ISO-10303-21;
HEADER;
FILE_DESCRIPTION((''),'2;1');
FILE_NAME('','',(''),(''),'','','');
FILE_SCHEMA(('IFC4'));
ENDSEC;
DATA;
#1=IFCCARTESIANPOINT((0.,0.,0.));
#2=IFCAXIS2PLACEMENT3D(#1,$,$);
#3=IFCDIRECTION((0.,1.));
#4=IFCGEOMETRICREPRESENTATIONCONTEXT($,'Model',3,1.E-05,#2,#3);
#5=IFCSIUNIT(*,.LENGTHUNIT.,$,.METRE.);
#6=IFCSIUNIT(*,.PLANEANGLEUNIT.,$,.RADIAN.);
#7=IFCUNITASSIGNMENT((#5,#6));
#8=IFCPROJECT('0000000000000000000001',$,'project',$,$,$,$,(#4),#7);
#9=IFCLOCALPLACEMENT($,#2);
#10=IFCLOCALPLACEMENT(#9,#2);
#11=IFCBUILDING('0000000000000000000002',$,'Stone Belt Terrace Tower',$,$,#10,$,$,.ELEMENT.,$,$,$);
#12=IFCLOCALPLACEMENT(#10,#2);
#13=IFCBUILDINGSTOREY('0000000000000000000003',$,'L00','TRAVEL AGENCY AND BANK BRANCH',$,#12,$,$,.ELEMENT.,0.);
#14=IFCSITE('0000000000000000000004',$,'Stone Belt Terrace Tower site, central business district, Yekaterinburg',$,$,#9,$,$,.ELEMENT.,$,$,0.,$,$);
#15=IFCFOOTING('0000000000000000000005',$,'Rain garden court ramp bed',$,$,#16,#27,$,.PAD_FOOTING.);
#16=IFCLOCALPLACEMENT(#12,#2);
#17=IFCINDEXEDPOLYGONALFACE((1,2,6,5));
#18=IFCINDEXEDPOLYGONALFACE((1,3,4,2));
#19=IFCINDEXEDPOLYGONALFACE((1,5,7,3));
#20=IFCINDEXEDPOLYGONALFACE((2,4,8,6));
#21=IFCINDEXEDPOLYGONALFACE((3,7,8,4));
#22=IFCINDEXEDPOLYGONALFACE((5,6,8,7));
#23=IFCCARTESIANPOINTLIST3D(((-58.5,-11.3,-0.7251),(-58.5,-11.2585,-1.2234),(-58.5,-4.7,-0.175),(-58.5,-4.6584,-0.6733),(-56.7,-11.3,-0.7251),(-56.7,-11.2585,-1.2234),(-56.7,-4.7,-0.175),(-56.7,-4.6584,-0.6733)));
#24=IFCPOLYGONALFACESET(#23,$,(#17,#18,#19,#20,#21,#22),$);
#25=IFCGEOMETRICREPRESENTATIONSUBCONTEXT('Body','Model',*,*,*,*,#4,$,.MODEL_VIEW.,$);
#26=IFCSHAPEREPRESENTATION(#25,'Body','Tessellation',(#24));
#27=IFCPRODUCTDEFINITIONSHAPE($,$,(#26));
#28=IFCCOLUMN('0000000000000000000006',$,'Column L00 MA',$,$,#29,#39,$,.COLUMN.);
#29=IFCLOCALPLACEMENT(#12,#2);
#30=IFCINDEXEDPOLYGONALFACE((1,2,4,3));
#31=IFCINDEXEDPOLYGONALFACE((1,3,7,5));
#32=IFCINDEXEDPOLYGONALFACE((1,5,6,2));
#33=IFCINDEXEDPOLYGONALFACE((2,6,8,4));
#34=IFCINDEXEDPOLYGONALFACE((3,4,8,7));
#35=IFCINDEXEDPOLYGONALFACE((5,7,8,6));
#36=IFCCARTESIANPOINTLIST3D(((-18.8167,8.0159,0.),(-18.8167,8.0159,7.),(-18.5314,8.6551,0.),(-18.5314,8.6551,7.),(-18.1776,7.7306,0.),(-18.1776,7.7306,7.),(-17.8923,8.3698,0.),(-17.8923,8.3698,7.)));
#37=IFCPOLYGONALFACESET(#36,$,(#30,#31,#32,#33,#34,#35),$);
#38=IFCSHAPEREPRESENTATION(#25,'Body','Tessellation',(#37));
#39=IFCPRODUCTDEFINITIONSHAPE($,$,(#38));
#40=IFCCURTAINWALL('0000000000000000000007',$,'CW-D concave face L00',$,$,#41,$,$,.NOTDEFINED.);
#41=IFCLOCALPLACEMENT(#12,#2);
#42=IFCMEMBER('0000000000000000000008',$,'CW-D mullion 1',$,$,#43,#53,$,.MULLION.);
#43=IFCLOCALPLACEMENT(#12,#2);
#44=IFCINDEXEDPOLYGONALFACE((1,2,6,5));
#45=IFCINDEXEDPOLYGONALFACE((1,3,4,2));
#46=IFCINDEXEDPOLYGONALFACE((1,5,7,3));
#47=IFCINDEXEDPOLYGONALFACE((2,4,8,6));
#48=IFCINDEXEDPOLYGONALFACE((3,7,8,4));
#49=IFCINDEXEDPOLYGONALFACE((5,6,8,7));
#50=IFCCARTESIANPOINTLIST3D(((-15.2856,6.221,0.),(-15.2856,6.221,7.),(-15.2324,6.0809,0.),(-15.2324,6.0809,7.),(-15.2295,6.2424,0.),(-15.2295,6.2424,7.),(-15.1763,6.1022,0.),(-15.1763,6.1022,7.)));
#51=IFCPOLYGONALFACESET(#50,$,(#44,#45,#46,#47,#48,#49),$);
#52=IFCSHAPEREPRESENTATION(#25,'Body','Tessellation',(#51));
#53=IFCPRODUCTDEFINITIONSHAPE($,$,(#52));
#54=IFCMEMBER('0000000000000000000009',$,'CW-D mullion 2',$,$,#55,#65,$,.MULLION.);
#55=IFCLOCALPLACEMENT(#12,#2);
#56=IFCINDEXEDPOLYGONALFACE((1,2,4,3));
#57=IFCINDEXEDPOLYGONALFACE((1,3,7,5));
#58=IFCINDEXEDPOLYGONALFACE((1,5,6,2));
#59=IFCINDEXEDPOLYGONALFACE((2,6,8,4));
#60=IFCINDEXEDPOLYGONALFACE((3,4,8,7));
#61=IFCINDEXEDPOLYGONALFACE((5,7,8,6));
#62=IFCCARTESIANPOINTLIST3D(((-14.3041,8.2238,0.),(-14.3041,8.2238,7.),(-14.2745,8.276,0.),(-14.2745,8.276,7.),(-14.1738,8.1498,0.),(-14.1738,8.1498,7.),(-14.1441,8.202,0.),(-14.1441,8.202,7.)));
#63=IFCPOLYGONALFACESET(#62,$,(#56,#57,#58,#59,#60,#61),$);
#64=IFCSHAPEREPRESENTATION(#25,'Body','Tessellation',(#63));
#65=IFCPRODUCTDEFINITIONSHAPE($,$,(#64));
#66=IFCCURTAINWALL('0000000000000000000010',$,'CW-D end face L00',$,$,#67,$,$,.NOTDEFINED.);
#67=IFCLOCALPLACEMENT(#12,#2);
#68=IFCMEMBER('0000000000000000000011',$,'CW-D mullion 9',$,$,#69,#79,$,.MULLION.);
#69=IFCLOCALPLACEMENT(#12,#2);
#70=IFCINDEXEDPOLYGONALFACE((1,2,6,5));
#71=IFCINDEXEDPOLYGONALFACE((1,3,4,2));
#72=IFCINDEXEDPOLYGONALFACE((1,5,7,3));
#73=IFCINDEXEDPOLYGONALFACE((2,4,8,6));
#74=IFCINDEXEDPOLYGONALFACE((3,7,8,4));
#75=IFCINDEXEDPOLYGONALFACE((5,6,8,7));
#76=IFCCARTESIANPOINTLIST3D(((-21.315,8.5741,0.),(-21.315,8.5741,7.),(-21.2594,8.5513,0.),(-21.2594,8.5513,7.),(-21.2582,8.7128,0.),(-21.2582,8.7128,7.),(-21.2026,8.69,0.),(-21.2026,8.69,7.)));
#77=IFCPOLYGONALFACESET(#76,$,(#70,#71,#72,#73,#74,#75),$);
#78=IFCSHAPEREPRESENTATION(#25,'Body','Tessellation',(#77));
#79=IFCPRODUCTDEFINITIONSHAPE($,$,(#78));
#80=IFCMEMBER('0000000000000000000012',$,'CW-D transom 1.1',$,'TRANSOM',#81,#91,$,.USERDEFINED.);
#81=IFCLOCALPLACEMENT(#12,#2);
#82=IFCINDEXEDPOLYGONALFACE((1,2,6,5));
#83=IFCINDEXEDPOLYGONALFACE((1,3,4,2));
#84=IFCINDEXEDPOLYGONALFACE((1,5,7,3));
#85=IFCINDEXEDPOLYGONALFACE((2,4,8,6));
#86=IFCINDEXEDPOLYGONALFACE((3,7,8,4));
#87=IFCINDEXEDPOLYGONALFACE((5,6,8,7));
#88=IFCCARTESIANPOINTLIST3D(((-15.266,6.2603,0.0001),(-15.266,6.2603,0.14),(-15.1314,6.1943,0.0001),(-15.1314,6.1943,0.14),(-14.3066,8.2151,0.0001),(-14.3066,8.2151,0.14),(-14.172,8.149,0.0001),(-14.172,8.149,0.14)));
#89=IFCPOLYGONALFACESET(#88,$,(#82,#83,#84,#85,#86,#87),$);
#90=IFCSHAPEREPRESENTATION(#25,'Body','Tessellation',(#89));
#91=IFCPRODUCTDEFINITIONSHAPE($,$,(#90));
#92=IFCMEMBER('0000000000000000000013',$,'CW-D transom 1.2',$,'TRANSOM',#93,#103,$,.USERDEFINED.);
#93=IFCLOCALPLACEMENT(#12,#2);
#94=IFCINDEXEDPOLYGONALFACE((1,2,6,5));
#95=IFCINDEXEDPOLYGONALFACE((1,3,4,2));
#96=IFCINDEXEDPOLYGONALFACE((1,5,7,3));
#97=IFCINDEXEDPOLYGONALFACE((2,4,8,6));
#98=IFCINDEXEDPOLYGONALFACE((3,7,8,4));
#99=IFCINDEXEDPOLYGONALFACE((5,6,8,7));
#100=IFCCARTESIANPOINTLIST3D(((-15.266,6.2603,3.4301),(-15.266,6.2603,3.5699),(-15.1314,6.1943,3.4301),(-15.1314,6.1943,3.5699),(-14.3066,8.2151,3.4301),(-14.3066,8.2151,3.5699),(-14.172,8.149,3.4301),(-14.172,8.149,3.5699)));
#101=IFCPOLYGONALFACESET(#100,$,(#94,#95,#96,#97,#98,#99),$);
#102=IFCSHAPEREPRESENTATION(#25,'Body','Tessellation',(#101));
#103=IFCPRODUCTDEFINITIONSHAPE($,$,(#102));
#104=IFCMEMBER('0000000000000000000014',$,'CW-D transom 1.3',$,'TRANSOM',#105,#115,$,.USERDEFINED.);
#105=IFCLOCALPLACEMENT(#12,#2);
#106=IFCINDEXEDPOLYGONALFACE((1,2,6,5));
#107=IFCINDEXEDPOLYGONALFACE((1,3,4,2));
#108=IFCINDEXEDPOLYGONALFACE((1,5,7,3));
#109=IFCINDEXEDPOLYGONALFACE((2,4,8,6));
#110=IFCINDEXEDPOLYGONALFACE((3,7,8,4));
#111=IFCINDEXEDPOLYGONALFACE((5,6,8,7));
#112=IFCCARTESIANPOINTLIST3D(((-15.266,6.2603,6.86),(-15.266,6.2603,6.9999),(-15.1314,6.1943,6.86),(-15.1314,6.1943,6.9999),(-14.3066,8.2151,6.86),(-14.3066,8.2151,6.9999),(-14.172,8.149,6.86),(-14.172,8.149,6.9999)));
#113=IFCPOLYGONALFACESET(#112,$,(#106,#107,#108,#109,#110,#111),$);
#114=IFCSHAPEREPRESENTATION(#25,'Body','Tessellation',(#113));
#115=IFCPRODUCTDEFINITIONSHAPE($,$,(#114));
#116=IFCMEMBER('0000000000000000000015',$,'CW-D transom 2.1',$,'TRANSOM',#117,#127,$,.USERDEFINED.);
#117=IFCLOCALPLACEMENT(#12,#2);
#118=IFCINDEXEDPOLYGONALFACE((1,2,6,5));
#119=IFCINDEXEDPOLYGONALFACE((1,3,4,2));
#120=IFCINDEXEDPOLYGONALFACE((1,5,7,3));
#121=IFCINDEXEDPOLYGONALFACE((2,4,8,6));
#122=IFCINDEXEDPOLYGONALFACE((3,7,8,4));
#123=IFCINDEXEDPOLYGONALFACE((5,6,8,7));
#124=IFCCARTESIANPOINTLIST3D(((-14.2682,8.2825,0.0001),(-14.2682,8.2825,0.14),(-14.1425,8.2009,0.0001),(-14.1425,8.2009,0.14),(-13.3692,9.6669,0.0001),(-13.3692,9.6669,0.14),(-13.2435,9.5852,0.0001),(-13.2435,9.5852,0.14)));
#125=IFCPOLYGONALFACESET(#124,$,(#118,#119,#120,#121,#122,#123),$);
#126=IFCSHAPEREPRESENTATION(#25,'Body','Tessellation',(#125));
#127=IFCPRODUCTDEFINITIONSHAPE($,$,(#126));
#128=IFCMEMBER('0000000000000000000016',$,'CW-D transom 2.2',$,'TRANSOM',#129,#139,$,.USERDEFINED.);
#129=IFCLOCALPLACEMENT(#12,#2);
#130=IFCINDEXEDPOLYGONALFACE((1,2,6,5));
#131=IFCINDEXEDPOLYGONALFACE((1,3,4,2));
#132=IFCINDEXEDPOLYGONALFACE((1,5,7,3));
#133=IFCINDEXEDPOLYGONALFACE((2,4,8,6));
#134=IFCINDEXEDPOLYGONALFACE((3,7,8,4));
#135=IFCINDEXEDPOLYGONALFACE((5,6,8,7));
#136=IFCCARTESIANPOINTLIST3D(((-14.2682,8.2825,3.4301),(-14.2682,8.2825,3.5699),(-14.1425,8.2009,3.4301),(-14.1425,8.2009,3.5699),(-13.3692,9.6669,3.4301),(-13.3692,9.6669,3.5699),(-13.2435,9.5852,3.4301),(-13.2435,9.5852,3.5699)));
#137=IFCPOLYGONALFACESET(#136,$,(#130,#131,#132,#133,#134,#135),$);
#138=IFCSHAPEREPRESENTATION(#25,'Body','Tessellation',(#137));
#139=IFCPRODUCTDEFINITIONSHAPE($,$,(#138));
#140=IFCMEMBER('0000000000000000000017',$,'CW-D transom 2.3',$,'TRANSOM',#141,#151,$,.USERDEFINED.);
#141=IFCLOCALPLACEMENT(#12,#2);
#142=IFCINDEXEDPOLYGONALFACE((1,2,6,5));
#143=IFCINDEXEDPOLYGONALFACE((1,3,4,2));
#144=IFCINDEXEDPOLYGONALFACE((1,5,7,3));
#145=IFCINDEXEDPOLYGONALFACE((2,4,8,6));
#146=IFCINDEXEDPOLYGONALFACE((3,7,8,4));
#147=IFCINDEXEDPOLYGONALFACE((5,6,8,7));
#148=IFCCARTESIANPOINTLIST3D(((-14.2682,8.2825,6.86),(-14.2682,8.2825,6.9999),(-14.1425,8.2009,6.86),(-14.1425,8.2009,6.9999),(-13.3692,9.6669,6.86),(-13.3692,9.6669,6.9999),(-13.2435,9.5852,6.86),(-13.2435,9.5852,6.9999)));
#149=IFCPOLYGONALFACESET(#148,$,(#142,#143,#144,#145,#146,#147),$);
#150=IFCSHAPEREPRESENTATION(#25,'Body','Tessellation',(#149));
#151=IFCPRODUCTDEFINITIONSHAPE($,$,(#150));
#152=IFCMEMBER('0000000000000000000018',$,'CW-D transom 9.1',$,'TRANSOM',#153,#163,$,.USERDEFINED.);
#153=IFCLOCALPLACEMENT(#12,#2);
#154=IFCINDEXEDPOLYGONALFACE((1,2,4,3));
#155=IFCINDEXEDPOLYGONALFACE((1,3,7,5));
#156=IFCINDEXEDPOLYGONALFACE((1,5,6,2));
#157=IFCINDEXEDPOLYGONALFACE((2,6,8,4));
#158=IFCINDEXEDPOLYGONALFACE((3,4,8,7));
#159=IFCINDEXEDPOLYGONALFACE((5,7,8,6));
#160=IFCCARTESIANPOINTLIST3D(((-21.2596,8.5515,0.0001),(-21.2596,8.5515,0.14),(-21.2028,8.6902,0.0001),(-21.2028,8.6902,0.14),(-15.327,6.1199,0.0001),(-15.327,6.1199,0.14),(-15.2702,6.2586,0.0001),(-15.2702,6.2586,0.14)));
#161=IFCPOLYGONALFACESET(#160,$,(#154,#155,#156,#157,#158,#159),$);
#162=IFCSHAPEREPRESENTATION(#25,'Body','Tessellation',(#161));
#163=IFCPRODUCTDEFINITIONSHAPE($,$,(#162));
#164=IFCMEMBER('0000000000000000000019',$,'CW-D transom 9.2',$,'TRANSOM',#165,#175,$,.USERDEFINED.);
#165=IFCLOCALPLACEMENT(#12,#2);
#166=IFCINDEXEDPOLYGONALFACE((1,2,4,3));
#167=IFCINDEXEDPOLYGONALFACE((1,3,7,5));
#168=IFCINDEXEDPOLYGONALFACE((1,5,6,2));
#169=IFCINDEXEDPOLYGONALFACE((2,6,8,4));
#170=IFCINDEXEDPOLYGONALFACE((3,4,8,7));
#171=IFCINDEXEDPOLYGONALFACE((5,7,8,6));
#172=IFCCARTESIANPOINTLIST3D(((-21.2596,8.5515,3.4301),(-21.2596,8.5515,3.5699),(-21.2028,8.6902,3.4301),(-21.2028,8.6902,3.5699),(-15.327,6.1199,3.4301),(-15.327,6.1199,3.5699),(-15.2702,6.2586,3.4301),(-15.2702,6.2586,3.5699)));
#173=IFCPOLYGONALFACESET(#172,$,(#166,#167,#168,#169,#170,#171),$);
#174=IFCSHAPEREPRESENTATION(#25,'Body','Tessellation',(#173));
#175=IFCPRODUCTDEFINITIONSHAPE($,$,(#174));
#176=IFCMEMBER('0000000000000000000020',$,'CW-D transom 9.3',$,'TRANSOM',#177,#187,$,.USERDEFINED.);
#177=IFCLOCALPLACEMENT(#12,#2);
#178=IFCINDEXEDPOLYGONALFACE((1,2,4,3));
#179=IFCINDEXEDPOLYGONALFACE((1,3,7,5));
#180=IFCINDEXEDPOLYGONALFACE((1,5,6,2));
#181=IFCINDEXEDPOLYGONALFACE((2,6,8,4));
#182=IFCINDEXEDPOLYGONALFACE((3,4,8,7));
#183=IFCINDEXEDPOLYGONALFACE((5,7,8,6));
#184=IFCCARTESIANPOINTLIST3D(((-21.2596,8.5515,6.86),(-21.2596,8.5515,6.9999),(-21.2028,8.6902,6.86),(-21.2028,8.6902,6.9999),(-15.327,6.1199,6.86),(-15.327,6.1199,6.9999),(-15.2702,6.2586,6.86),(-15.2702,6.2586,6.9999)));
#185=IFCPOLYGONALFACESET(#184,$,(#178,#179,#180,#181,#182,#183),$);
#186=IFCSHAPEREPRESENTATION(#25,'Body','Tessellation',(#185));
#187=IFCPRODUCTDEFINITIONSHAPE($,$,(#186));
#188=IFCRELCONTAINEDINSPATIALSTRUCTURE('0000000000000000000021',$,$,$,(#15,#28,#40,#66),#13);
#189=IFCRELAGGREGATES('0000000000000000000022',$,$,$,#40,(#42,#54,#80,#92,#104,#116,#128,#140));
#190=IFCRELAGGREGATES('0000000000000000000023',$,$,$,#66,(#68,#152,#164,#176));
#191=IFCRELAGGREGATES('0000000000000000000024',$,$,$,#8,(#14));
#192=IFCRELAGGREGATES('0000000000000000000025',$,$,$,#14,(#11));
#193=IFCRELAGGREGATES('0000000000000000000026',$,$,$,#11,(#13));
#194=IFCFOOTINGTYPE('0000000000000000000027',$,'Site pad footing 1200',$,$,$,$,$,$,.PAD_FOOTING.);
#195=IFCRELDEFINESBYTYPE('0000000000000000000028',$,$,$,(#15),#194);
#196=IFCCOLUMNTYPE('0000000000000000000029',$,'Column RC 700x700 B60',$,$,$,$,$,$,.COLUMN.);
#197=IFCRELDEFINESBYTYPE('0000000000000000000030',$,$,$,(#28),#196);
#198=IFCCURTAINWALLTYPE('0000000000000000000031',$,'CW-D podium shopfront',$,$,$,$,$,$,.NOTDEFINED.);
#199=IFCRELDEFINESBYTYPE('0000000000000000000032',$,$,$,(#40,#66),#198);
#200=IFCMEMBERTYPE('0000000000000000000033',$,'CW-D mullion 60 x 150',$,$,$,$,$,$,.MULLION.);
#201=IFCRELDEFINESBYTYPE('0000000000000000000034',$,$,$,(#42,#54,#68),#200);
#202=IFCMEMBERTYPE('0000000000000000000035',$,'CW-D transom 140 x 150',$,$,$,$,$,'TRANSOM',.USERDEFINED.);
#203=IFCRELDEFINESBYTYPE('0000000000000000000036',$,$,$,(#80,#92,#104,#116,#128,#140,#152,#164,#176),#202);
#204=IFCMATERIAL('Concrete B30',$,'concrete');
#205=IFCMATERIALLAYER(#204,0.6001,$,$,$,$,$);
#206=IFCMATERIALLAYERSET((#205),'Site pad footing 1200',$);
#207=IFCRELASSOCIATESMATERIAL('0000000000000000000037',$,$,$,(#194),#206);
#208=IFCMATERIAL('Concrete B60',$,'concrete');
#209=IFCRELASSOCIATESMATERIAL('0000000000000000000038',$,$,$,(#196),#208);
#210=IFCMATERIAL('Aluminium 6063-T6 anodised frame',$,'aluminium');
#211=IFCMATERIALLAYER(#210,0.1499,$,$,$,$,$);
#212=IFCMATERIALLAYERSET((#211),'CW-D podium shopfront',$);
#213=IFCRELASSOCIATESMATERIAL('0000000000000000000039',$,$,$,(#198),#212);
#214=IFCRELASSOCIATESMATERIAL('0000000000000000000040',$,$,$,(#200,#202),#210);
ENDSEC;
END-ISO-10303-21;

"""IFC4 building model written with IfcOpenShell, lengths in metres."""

from ifc_helpers import new_model, si_unit, direction, frame, origin, origin_2d, place, context, subcontext, project, spatial, polyline, rectangle, outline, extrude, material, layer, layer_set, material_profile, profile_set, type_object, element, aggregate, save


model = new_model("IFC4")

# Units and contexts
model_context = context("Model", 3, precision=1e-05, world=origin(), true_north=direction((0.0, 1.0)))
body_context = subcontext(model_context, "Body", "Model", "MODEL_VIEW")
ifc_project = project(units=[si_unit("LENGTHUNIT", "METRE"), si_unit("PLANEANGLEUNIT", "RADIAN")], contexts=[model_context])

# Site, building, storey
site_placement = place(None, origin())
site = spatial("IfcSite", under=ifc_project, at=site_placement, Name="Stone Belt Terrace Tower site, central business district, Yekaterinburg", CompositionType="ELEMENT", RefElevation=0.0)
building_placement = place(site_placement, origin())
building = spatial("IfcBuilding", under=site, at=building_placement, Name="Stone Belt Terrace Tower", CompositionType="ELEMENT")
storey_placement = place(building_placement, origin())
storey = spatial("IfcBuildingStorey", under=building, at=storey_placement, Name="L00", Description="TRAVEL AGENCY AND BANK BRANCH", CompositionType="ELEMENT", Elevation=0.0)

# Footing
ifc_material_1 = material(Name="Concrete B30", Category="concrete")
ifc_layer_1 = layer(ifc_material_1, 0.6001)
ifc_layer_set_1 = layer_set([ifc_layer_1], Name="Site pad footing 1200")
footing_type = type_object("IfcFootingType", Name="Site pad footing 1200", PredefinedType="PAD_FOOTING", material=ifc_layer_set_1)
footing_placement = place(storey_placement, frame((-58.5, -4.7, -0.175), z_axis=(0.0, -0.083052, 0.996545), x_axis=(0.0, -0.996545, -0.083052)))
element("IfcFooting", 1, at=footing_placement, inside=storey, type_object=footing_type, Name="Rain garden court ramp bed", PredefinedType="PAD_FOOTING", context=body_context, shape_type="SweptSolid", body=[
    extrude(outline(polyline([(0.0, 0.0), (6.623, 0.0), (6.623, 1.8), (0.0, 1.8), (0.0, 0.0)])), origin(), (0.0, 0.0, -1.0), 0.5),
])

# Column
ifc_material_2 = material(Name="Concrete B60", Category="concrete")
ifc_material_profile_1 = material_profile(ifc_material_2, rectangle(XDim=0.7, YDim=0.7, at=origin_2d()), Name="RC 700x700")
ifc_profile_set_1 = profile_set([ifc_material_profile_1], Name="Concrete B60")
column_type = type_object("IfcColumnType", Name="Column RC 700x700 B60", PredefinedType="COLUMN", material=ifc_profile_set_1)
column_placement = place(storey_placement, frame((-18.3545, 8.1929, 0.0), z_axis=(0.0, 0.0, 1.0), x_axis=(0.407599, 0.913161, 0.0)))
element("IfcColumn", 2, at=column_placement, inside=storey, type_object=column_type, Name="Column L00 MA", PredefinedType="COLUMN", context=body_context, shape_type="SweptSolid", body=[
    extrude(rectangle(XDim=0.7, YDim=0.7, at=origin_2d()), origin(), (0.0, 0.0, 1.0), 7.0),
])

# Curtain wall, members
ifc_material_3 = material(Name="Aluminium 6063-T6 anodised frame", Category="aluminium")
ifc_layer_2 = layer(ifc_material_3, 0.1499)
ifc_layer_set_2 = layer_set([ifc_layer_2], Name="CW-D podium shopfront")
curtain_wall_type = type_object("IfcCurtainWallType", Name="CW-D podium shopfront", PredefinedType="NOTDEFINED", material=ifc_layer_set_2)
curtain_wall_1_placement = place(storey_placement, origin())
curtain_wall_1 = element("IfcCurtainWall", 3, at=curtain_wall_1_placement, inside=storey, type_object=curtain_wall_type, Name="CW-D concave face L00", PredefinedType="NOTDEFINED")
ifc_material_profile_2 = material_profile(ifc_material_3, rectangle(XDim=0.1499, YDim=0.0601, at=origin_2d()), Name="Aluminium 6063-T6 60x150")
ifc_profile_set_2 = profile_set([ifc_material_profile_2], Name="Aluminium 6063-T6 anodised frame")
member_type_1 = type_object("IfcMemberType", Name="CW-D mullion 60 x 150", PredefinedType="MULLION", material=ifc_profile_set_2)
member_1_placement = place(storey_placement, frame((-15.231, 6.1616, 0.0), z_axis=(0.0, 0.0, 1.0), x_axis=(-0.354861, 0.934919, 0.0)))
member_1 = element("IfcMember", 4, at=member_1_placement, type_object=member_type_1, Name="CW-D mullion 1", PredefinedType="MULLION", context=body_context, shape_type="SweptSolid", body=[
    extrude(rectangle(XDim=0.1499, YDim=0.0601, at=origin_2d()), origin(), (0.0, 0.0, 1.0), 7.0),
])
member_2_placement = place(storey_placement, frame((-14.2241, 8.2129, 0.0), z_axis=(0.0, 0.0, 1.0), x_axis=(-0.869739, 0.493512, 0.0)))
member_2 = element("IfcMember", 5, at=member_2_placement, type_object=member_type_1, Name="CW-D mullion 2", PredefinedType="MULLION", context=body_context, shape_type="SweptSolid", body=[
    extrude(rectangle(XDim=0.1499, YDim=0.0601, at=origin_2d()), origin(), (0.0, 0.0, 1.0), 7.0),
])

# Curtain wall, member
curtain_wall_2_placement = place(storey_placement, origin())
curtain_wall_2 = element("IfcCurtainWall", 6, at=curtain_wall_2_placement, inside=storey, type_object=curtain_wall_type, Name="CW-D end face L00", PredefinedType="NOTDEFINED")
member_3_placement = place(storey_placement, frame((-21.2588, 8.6321, 0.0), z_axis=(0.0, 0.0, 1.0), x_axis=(0.379243, 0.925297, 0.0)))
member_3 = element("IfcMember", 7, at=member_3_placement, type_object=member_type_1, Name="CW-D mullion 9", PredefinedType="MULLION", context=body_context, shape_type="SweptSolid", body=[
    extrude(rectangle(XDim=0.1499, YDim=0.0601, at=origin_2d()), origin(), (0.0, 0.0, 1.0), 7.0),
])

# Members
ifc_material_profile_3 = material_profile(ifc_material_3, rectangle(XDim=0.1499, YDim=0.1399, at=origin_2d()), Name="Aluminium 6063-T6 150x140")
ifc_profile_set_3 = profile_set([ifc_material_profile_3], Name="Aluminium 6063-T6 anodised frame")
member_type_2 = type_object("IfcMemberType", Name="CW-D transom 140 x 150", ElementType="TRANSOM", PredefinedType="USERDEFINED", material=ifc_profile_set_3)
member_4_placement = place(storey_placement, frame((-15.1987, 6.2273, 0.0701), z_axis=(0.440609, 0.897699, 0.0), x_axis=(-0.897699, 0.440609, 0.0)))
member_4 = element("IfcMember", 8, at=member_4_placement, type_object=member_type_2, Name="CW-D transom 1.1", ObjectType="TRANSOM", PredefinedType="USERDEFINED", context=body_context, shape_type="SweptSolid", body=[
    extrude(rectangle(XDim=0.1499, YDim=0.1399, at=origin_2d()), origin(), (0.0, 0.0, 1.0), 2.1775),
])
member_5_placement = place(storey_placement, frame((-15.1987, 6.2273, 3.5), z_axis=(0.440609, 0.897699, 0.0), x_axis=(-0.897699, 0.440609, 0.0)))
member_5 = element("IfcMember", 9, at=member_5_placement, type_object=member_type_2, Name="CW-D transom 1.2", ObjectType="TRANSOM", PredefinedType="USERDEFINED", context=body_context, shape_type="SweptSolid", body=[
    extrude(rectangle(XDim=0.1499, YDim=0.1399, at=origin_2d()), origin(), (0.0, 0.0, 1.0), 2.1775),
])
member_6_placement = place(storey_placement, frame((-15.1987, 6.2273, 6.9299), z_axis=(0.440609, 0.897699, 0.0), x_axis=(-0.897699, 0.440609, 0.0)))
member_6 = element("IfcMember", 10, at=member_6_placement, type_object=member_type_2, Name="CW-D transom 1.3", ObjectType="TRANSOM", PredefinedType="USERDEFINED", context=body_context, shape_type="SweptSolid", body=[
    extrude(rectangle(XDim=0.1499, YDim=0.1399, at=origin_2d()), origin(), (0.0, 0.0, 1.0), 2.1775),
])
member_7_placement = place(storey_placement, frame((-14.2053, 8.2417, 0.0701), z_axis=(0.544624, 0.83868, 0.0), x_axis=(-0.83868, 0.544624, 0.0)))
member_7 = element("IfcMember", 11, at=member_7_placement, type_object=member_type_2, Name="CW-D transom 2.1", ObjectType="TRANSOM", PredefinedType="USERDEFINED", context=body_context, shape_type="SweptSolid", body=[
    extrude(rectangle(XDim=0.1499, YDim=0.1399, at=origin_2d()), origin(), (0.0, 0.0, 1.0), 1.6506),
])
member_8_placement = place(storey_placement, frame((-14.2053, 8.2417, 3.5), z_axis=(0.544624, 0.83868, 0.0), x_axis=(-0.83868, 0.544624, 0.0)))
member_8 = element("IfcMember", 12, at=member_8_placement, type_object=member_type_2, Name="CW-D transom 2.2", ObjectType="TRANSOM", PredefinedType="USERDEFINED", context=body_context, shape_type="SweptSolid", body=[
    extrude(rectangle(XDim=0.1499, YDim=0.1399, at=origin_2d()), origin(), (0.0, 0.0, 1.0), 1.6506),
])
member_9_placement = place(storey_placement, frame((-14.2053, 8.2417, 6.9299), z_axis=(0.544624, 0.83868, 0.0), x_axis=(-0.83868, 0.544624, 0.0)))
member_9 = element("IfcMember", 13, at=member_9_placement, type_object=member_type_2, Name="CW-D transom 2.3", ObjectType="TRANSOM", PredefinedType="USERDEFINED", context=body_context, shape_type="SweptSolid", body=[
    extrude(rectangle(XDim=0.1499, YDim=0.1399, at=origin_2d()), origin(), (0.0, 0.0, 1.0), 1.6506),
])
member_10_placement = place(storey_placement, frame((-21.2312, 8.6208, 0.0701), z_axis=(0.925292, -0.379255, 0.0), x_axis=(0.379255, 0.925292, 0.0)))
member_10 = element("IfcMember", 14, at=member_10_placement, type_object=member_type_2, Name="CW-D transom 9.1", ObjectType="TRANSOM", PredefinedType="USERDEFINED", context=body_context, shape_type="SweptSolid", body=[
    extrude(rectangle(XDim=0.1499, YDim=0.1399, at=origin_2d()), origin(), (0.0, 0.0, 1.0), 6.4116),
])
member_11_placement = place(storey_placement, frame((-21.2312, 8.6208, 3.5), z_axis=(0.925292, -0.379255, 0.0), x_axis=(0.379255, 0.925292, 0.0)))
member_11 = element("IfcMember", 15, at=member_11_placement, type_object=member_type_2, Name="CW-D transom 9.2", ObjectType="TRANSOM", PredefinedType="USERDEFINED", context=body_context, shape_type="SweptSolid", body=[
    extrude(rectangle(XDim=0.1499, YDim=0.1399, at=origin_2d()), origin(), (0.0, 0.0, 1.0), 6.4116),
])
member_12_placement = place(storey_placement, frame((-21.2312, 8.6208, 6.9299), z_axis=(0.925292, -0.379255, 0.0), x_axis=(0.379255, 0.925292, 0.0)))
member_12 = element("IfcMember", 16, at=member_12_placement, type_object=member_type_2, Name="CW-D transom 9.3", ObjectType="TRANSOM", PredefinedType="USERDEFINED", context=body_context, shape_type="SweptSolid", body=[
    extrude(rectangle(XDim=0.1499, YDim=0.1399, at=origin_2d()), origin(), (0.0, 0.0, 1.0), 6.4116),
])

aggregate(curtain_wall_1, [member_1, member_2, member_4, member_5, member_6, member_7, member_8, member_9])
aggregate(curtain_wall_2, [member_3, member_10, member_11, member_12])

save(model, "model.ifc")
